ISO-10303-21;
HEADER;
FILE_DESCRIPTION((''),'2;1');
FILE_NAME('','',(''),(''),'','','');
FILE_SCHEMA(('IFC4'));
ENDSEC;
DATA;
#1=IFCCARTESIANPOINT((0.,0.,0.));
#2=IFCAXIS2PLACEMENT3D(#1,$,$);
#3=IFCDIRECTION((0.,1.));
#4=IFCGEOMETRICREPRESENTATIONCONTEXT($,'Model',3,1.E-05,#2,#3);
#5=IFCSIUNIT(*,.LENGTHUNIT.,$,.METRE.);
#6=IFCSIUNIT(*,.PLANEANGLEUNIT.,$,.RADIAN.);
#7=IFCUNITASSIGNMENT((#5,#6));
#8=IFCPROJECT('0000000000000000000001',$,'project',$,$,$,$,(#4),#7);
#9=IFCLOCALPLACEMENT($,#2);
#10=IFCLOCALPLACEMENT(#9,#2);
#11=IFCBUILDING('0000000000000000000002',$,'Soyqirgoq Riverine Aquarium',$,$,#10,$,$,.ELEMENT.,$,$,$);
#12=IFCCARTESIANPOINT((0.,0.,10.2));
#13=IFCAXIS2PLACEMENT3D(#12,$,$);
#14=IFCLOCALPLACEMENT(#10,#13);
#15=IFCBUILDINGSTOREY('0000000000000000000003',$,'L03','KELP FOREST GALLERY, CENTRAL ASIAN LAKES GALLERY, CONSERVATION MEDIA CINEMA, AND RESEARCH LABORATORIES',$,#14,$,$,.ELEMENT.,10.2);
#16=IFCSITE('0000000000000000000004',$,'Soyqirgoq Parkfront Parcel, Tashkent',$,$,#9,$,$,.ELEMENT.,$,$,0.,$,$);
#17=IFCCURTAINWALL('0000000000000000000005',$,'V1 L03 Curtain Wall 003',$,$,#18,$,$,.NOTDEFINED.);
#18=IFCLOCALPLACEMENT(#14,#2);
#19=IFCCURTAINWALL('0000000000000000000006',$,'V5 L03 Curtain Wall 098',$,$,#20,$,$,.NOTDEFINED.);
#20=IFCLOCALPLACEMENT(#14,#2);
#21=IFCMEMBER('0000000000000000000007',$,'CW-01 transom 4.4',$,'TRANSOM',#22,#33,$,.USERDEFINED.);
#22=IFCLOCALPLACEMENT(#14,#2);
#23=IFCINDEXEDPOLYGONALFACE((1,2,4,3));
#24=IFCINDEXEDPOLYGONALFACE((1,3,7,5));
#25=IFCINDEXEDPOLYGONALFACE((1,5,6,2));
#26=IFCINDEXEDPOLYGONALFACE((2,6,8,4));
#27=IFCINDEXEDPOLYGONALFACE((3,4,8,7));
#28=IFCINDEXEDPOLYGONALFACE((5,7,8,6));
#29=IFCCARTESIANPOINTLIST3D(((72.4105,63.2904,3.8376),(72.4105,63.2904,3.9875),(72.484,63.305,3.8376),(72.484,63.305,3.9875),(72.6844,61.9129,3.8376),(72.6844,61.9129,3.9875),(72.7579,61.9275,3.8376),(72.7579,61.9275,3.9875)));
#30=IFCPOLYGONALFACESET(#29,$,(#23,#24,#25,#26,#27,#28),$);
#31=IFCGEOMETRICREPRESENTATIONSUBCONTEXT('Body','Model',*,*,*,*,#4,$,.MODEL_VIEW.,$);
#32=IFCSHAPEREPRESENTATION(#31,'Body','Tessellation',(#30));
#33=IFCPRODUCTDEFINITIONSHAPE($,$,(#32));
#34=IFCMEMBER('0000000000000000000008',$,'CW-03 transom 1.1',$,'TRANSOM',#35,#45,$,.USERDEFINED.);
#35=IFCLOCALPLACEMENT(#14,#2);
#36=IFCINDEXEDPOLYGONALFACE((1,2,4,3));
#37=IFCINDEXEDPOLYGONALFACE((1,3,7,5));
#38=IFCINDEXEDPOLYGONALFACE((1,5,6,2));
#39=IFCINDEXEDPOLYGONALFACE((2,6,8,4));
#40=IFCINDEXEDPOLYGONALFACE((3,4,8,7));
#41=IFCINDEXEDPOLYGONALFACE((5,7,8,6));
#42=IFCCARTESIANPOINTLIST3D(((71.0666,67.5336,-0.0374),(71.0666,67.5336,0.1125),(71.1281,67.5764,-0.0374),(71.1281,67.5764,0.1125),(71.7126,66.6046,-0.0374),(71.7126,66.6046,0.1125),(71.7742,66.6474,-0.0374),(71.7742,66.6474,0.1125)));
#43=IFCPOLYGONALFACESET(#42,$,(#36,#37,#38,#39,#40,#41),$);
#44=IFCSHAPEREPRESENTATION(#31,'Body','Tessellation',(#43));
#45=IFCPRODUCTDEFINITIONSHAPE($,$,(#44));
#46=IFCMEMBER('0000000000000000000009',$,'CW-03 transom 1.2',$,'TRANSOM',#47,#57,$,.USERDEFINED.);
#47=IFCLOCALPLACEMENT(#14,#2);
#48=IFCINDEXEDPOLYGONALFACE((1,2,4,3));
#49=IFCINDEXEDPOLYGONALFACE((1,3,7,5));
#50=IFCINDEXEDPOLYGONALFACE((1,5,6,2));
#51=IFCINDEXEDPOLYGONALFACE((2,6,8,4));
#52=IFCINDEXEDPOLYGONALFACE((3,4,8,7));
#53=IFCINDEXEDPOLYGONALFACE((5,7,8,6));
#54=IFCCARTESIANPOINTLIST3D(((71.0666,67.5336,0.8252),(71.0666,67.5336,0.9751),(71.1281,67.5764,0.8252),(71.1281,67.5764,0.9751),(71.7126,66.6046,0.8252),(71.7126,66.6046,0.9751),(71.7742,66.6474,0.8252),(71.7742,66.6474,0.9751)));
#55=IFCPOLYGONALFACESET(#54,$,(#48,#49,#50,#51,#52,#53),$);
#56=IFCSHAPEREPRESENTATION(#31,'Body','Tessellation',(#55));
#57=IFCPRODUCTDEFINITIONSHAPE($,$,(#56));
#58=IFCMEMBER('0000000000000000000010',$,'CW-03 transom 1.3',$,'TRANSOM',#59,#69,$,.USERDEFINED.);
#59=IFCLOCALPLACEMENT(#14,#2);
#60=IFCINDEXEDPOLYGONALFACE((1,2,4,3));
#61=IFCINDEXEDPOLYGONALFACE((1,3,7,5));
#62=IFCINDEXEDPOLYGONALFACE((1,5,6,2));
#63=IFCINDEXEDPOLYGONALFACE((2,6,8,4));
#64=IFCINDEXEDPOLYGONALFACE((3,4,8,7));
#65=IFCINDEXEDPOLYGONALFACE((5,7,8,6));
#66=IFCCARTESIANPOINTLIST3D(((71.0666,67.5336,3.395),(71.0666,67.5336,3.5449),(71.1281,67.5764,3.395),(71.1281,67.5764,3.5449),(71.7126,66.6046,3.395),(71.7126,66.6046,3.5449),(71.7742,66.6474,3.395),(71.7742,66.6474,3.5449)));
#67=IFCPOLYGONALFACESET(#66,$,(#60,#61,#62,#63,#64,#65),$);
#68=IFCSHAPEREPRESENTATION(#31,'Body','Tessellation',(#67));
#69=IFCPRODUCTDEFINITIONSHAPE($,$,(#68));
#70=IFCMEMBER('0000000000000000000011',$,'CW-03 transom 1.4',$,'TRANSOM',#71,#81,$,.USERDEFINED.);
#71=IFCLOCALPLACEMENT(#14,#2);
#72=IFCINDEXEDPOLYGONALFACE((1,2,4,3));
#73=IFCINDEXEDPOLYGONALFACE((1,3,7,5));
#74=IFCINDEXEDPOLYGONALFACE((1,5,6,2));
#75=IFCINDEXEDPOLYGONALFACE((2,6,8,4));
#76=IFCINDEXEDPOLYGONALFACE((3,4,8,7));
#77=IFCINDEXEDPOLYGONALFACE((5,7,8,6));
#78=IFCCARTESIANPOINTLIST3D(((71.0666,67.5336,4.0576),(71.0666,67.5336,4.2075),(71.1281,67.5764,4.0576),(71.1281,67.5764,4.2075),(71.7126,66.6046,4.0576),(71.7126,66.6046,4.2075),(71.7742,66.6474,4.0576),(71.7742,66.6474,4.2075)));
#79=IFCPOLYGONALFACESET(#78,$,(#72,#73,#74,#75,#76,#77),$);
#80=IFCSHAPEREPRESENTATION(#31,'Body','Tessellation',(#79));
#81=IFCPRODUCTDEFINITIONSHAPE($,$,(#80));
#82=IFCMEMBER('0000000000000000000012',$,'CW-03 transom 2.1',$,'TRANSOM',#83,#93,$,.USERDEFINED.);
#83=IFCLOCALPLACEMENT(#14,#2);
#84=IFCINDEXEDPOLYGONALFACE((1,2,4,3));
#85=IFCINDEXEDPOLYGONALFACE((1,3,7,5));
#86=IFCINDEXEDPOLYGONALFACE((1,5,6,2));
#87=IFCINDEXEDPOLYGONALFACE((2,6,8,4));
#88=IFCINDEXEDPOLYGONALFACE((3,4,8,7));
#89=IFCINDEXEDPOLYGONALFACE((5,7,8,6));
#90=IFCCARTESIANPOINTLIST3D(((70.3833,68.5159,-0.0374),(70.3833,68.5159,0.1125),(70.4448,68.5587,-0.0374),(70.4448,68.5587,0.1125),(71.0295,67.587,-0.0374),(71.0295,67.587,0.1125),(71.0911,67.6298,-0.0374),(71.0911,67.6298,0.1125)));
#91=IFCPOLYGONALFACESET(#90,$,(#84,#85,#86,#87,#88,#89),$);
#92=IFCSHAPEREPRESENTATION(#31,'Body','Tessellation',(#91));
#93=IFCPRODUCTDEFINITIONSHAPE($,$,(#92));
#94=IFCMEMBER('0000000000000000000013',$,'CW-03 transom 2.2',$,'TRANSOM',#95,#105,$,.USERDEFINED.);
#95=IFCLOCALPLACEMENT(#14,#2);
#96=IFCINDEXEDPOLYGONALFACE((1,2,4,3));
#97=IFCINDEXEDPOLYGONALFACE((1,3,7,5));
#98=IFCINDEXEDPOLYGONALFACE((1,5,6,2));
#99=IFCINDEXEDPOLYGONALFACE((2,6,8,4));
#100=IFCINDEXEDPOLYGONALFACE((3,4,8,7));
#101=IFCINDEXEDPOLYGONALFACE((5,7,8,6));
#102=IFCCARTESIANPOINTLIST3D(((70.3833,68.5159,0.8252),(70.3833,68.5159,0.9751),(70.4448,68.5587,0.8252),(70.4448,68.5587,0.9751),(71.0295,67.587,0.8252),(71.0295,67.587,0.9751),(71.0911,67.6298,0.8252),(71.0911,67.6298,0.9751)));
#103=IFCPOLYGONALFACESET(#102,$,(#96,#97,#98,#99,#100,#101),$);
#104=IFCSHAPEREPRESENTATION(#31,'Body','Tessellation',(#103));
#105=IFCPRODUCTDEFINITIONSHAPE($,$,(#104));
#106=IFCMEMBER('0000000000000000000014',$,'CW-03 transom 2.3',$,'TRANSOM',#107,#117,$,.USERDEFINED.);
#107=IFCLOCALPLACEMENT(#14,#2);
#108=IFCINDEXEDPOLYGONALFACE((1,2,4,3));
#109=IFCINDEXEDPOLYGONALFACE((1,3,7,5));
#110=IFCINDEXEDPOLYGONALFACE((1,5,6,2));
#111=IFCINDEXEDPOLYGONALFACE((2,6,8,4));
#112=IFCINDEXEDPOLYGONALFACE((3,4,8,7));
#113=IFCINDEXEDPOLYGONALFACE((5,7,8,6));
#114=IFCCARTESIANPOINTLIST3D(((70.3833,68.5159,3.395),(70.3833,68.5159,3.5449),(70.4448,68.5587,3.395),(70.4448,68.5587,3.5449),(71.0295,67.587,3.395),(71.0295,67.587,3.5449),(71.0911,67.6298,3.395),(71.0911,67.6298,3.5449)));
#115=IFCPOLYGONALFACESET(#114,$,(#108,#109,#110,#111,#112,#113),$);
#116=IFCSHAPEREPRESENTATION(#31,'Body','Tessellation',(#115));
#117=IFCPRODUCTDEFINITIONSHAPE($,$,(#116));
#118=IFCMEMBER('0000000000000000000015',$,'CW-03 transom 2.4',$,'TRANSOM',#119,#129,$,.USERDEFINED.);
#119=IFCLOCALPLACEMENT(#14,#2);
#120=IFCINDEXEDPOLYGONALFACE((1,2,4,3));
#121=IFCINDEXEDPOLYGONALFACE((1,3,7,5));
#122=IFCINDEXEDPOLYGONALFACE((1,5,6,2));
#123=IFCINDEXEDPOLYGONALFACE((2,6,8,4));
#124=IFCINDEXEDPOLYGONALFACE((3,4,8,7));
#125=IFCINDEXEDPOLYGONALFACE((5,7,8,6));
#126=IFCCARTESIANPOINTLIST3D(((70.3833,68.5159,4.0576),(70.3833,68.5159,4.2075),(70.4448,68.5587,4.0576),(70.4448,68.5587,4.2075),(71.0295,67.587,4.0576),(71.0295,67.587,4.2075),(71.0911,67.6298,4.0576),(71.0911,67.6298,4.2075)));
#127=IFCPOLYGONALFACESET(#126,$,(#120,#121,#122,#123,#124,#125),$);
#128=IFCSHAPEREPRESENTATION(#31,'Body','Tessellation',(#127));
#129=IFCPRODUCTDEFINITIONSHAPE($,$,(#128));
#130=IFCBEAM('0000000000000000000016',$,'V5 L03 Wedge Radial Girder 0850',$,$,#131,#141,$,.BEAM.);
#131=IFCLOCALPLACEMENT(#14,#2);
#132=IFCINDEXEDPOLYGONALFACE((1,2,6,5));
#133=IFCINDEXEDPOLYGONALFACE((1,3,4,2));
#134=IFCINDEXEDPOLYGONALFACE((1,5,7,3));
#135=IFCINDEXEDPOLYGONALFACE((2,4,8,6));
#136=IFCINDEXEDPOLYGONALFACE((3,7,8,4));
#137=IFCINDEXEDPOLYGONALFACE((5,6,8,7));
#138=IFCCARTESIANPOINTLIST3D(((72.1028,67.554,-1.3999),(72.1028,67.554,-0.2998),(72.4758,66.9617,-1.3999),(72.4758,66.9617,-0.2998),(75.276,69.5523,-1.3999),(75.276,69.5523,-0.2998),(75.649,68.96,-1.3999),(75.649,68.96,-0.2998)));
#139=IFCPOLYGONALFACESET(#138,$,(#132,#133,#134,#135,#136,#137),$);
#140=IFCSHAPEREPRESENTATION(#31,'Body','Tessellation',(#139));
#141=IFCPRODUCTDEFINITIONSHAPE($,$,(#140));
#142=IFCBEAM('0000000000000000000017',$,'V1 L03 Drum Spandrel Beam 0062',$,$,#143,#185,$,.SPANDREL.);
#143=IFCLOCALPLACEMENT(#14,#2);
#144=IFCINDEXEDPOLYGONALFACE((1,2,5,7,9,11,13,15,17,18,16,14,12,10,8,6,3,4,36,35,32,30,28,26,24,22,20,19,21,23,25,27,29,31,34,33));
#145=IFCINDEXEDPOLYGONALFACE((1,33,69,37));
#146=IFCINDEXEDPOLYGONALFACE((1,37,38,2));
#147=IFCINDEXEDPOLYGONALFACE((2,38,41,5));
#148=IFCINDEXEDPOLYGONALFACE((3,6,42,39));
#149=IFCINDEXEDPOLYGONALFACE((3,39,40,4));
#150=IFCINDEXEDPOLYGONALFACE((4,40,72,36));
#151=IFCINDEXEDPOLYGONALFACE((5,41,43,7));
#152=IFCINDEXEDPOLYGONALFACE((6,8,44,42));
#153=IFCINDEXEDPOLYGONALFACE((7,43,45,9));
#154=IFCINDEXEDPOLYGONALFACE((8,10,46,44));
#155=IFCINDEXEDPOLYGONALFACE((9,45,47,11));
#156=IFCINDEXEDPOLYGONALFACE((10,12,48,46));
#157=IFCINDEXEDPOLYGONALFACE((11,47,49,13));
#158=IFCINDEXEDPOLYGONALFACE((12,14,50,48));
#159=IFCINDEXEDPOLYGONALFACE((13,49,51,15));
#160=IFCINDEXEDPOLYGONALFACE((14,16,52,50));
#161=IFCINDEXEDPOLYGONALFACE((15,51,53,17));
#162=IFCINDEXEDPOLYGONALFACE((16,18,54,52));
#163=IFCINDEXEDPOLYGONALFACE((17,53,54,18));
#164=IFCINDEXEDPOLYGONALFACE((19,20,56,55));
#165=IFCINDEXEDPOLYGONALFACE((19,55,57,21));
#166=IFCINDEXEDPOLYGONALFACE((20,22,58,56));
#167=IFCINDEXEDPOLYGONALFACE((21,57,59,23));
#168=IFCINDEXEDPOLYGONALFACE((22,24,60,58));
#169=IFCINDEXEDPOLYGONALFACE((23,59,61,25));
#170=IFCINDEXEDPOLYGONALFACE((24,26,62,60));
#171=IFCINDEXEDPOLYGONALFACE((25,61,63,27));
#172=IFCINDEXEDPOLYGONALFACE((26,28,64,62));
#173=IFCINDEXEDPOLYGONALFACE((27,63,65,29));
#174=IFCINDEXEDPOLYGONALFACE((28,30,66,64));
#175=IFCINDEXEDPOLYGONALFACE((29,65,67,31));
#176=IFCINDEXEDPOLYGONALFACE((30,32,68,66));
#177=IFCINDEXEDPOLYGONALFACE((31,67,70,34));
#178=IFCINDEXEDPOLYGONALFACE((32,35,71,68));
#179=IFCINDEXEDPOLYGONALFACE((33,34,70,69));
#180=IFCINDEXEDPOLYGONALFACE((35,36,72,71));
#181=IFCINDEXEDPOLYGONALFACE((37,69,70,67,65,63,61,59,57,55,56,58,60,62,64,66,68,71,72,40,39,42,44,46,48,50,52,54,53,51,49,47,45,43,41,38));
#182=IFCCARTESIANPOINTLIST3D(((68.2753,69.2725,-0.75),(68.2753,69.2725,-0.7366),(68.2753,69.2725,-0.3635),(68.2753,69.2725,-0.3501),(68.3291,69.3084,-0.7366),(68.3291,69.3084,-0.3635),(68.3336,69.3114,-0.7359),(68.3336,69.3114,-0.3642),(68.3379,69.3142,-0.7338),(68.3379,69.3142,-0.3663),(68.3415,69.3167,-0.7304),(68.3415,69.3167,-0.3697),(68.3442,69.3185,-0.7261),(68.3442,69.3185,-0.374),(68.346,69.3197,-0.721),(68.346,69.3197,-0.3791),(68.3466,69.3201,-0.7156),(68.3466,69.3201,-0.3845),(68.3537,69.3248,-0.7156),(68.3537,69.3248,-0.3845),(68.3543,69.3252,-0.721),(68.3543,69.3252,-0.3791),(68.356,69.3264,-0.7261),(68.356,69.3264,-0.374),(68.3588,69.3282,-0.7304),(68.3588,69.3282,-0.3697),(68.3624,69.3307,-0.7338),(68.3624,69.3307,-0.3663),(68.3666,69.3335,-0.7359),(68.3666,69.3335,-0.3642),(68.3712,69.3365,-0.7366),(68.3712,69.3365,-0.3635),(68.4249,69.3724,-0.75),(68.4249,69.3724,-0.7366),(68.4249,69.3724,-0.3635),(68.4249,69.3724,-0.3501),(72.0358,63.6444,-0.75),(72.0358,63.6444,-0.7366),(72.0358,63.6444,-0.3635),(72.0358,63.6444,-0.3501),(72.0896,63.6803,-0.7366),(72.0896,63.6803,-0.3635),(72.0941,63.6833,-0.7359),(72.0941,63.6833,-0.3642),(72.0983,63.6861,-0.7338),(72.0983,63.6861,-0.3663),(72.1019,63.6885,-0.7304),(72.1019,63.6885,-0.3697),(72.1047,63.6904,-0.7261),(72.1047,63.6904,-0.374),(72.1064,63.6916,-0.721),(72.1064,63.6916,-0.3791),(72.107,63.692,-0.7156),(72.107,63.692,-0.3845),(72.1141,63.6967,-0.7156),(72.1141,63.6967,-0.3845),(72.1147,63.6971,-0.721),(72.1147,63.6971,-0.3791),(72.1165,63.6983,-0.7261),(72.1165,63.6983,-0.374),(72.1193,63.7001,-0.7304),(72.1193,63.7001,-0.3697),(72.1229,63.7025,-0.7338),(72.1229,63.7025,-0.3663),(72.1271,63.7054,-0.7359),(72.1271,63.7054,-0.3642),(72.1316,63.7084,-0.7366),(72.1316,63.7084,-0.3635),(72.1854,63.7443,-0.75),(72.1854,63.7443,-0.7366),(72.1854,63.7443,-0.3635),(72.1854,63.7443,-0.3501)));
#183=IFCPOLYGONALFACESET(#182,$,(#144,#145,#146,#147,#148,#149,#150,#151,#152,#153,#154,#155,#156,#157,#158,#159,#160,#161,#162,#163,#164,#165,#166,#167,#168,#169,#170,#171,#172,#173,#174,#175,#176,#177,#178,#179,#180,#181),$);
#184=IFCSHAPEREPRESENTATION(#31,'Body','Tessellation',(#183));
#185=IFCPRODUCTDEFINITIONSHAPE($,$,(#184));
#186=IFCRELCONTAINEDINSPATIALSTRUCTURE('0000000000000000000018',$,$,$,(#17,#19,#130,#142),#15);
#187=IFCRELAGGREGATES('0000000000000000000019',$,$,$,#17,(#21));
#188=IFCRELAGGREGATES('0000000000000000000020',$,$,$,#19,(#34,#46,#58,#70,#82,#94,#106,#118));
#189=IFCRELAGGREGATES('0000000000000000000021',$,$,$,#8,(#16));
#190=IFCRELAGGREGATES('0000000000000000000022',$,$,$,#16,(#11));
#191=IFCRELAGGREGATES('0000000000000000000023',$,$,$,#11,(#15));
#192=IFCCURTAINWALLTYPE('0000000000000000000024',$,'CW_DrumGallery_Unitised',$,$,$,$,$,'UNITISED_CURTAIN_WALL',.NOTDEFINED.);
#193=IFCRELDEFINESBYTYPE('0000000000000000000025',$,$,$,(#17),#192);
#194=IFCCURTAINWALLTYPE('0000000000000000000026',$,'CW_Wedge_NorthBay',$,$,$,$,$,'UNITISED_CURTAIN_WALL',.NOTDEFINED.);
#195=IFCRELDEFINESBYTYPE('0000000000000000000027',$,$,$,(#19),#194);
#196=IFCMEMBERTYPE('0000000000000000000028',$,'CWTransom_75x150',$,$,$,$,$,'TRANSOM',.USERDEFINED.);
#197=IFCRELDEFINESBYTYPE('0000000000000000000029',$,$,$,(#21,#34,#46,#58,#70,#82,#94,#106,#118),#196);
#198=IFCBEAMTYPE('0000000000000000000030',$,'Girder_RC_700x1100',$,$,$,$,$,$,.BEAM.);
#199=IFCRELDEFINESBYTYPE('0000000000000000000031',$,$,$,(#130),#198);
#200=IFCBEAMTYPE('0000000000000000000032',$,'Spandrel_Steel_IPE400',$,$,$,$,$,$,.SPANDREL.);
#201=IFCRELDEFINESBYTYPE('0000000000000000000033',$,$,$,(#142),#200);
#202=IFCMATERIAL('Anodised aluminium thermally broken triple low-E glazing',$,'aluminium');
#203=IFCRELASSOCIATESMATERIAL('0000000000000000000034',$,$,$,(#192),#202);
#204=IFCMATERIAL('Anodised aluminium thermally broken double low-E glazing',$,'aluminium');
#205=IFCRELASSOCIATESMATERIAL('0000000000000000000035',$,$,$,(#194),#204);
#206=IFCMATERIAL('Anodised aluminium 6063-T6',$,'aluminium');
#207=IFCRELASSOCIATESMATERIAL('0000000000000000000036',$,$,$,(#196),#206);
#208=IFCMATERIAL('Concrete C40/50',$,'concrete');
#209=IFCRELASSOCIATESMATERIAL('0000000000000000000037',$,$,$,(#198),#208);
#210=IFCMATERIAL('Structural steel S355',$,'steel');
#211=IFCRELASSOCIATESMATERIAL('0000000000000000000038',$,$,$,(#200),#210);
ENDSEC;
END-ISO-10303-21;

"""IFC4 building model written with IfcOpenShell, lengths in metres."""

from ifc_helpers import new_model, si_unit, direction, frame, origin, origin_2d, place, context, subcontext, project, spatial, rectangle, i_section, extrude, material, material_profile, profile_set, type_object, element, aggregate, save


model = new_model("IFC4")

# Units and contexts
model_context = context("Model", 3, precision=1e-05, world=origin(), true_north=direction((0.0, 1.0)))
body_context = subcontext(model_context, "Body", "Model", "MODEL_VIEW")
ifc_project = project(units=[si_unit("LENGTHUNIT", "METRE"), si_unit("PLANEANGLEUNIT", "RADIAN")], contexts=[model_context])

# Site, building, storey
site_placement = place(None, origin())
site = spatial("IfcSite", under=ifc_project, at=site_placement, Name="Soyqirgoq Parkfront Parcel, Tashkent", CompositionType="ELEMENT", RefElevation=0.0)
building_placement = place(site_placement, origin())
building = spatial("IfcBuilding", under=site, at=building_placement, Name="Soyqirgoq Riverine Aquarium", CompositionType="ELEMENT")
storey_placement = place(building_placement, frame((0.0, 0.0, 10.2)))
storey = spatial("IfcBuildingStorey", under=building, at=storey_placement, Name="L03", Description="KELP FOREST GALLERY, CENTRAL ASIAN LAKES GALLERY, CONSERVATION MEDIA CINEMA, AND RESEARCH LABORATORIES", CompositionType="ELEMENT", Elevation=10.2)

# Curtain walls
ifc_material_1 = material(Name="Anodised aluminium thermally broken triple low-E glazing", Category="aluminium")
curtain_wall_type_1 = type_object("IfcCurtainWallType", Name="CW_DrumGallery_Unitised", ElementType="UNITISED_CURTAIN_WALL", PredefinedType="NOTDEFINED", material=ifc_material_1)
curtain_wall_1_placement = place(storey_placement, origin())
curtain_wall_1 = element("IfcCurtainWall", 1, at=curtain_wall_1_placement, inside=storey, type_object=curtain_wall_type_1, Name="V1 L03 Curtain Wall 003", PredefinedType="NOTDEFINED")
ifc_material_2 = material(Name="Anodised aluminium thermally broken double low-E glazing", Category="aluminium")
curtain_wall_type_2 = type_object("IfcCurtainWallType", Name="CW_Wedge_NorthBay", ElementType="UNITISED_CURTAIN_WALL", PredefinedType="NOTDEFINED", material=ifc_material_2)
curtain_wall_2_placement = place(storey_placement, origin())
curtain_wall_2 = element("IfcCurtainWall", 2, at=curtain_wall_2_placement, inside=storey, type_object=curtain_wall_type_2, Name="V5 L03 Curtain Wall 098", PredefinedType="NOTDEFINED")

# Members
ifc_material_3 = material(Name="Anodised aluminium 6063-T6", Category="aluminium")
ifc_material_profile_1 = material_profile(ifc_material_3, rectangle(XDim=0.075, YDim=0.1499, at=origin_2d()), Name="ALU-T 75x150")
ifc_profile_set_1 = profile_set([ifc_material_profile_1], Name="Anodised aluminium 6063-T6")
member_type_1 = type_object("IfcMemberType", Name="CWTransom_75x150", ElementType="TRANSOM", PredefinedType="USERDEFINED", material=ifc_profile_set_1)
member_1_placement = place(storey_placement, frame((72.7212, 61.9202, 3.9126), z_axis=(-0.195013, 0.980801, 0.0), x_axis=(-0.980801, -0.195013, 0.0)))
member_1 = element("IfcMember", 3, at=member_1_placement, type_object=member_type_1, Name="CW-01 transom 4.4", ObjectType="TRANSOM", PredefinedType="USERDEFINED", context=body_context, shape_type="SweptSolid", body=[
    extrude(rectangle(XDim=0.075, YDim=0.1499, at=origin_2d()), origin(), (0.0, 0.0, 1.0), 1.4045),
])
member_2_placement = place(storey_placement, frame((71.7434, 66.626, 0.0376), z_axis=(-0.570925, 0.821002, 0.0), x_axis=(-0.821002, -0.570925, 0.0)))
member_2 = element("IfcMember", 4, at=member_2_placement, type_object=member_type_1, Name="CW-03 transom 1.1", ObjectType="TRANSOM", PredefinedType="USERDEFINED", context=body_context, shape_type="SweptSolid", body=[
    extrude(rectangle(XDim=0.075, YDim=0.1499, at=origin_2d()), origin(), (0.0, 0.0, 1.0), 1.1316),
])
member_3_placement = place(storey_placement, frame((71.7434, 66.626, 0.9001), z_axis=(-0.570925, 0.821002, 0.0), x_axis=(-0.821002, -0.570925, 0.0)))
member_3 = element("IfcMember", 5, at=member_3_placement, type_object=member_type_1, Name="CW-03 transom 1.2", ObjectType="TRANSOM", PredefinedType="USERDEFINED", context=body_context, shape_type="SweptSolid", body=[
    extrude(rectangle(XDim=0.075, YDim=0.1499, at=origin_2d()), origin(), (0.0, 0.0, 1.0), 1.1316),
])
member_4_placement = place(storey_placement, frame((71.7434, 66.626, 3.47), z_axis=(-0.570925, 0.821002, 0.0), x_axis=(-0.821002, -0.570925, 0.0)))
member_4 = element("IfcMember", 6, at=member_4_placement, type_object=member_type_1, Name="CW-03 transom 1.3", ObjectType="TRANSOM", PredefinedType="USERDEFINED", context=body_context, shape_type="SweptSolid", body=[
    extrude(rectangle(XDim=0.075, YDim=0.1499, at=origin_2d()), origin(), (0.0, 0.0, 1.0), 1.1316),
])
member_5_placement = place(storey_placement, frame((71.7434, 66.626, 4.1326), z_axis=(-0.570925, 0.821002, 0.0), x_axis=(-0.821002, -0.570925, 0.0)))
member_5 = element("IfcMember", 7, at=member_5_placement, type_object=member_type_1, Name="CW-03 transom 1.4", ObjectType="TRANSOM", PredefinedType="USERDEFINED", context=body_context, shape_type="SweptSolid", body=[
    extrude(rectangle(XDim=0.075, YDim=0.1499, at=origin_2d()), origin(), (0.0, 0.0, 1.0), 1.1316),
])
member_6_placement = place(storey_placement, frame((71.0603, 67.6084, 0.0376), z_axis=(-0.571071, 0.820901, 0.0), x_axis=(-0.820901, -0.571071, 0.0)))
member_6 = element("IfcMember", 8, at=member_6_placement, type_object=member_type_1, Name="CW-03 transom 2.1", ObjectType="TRANSOM", PredefinedType="USERDEFINED", context=body_context, shape_type="SweptSolid", body=[
    extrude(rectangle(XDim=0.075, YDim=0.1499, at=origin_2d()), origin(), (0.0, 0.0, 1.0), 1.1316),
])
member_7_placement = place(storey_placement, frame((71.0603, 67.6084, 0.9001), z_axis=(-0.571071, 0.820901, 0.0), x_axis=(-0.820901, -0.571071, 0.0)))
member_7 = element("IfcMember", 9, at=member_7_placement, type_object=member_type_1, Name="CW-03 transom 2.2", ObjectType="TRANSOM", PredefinedType="USERDEFINED", context=body_context, shape_type="SweptSolid", body=[
    extrude(rectangle(XDim=0.075, YDim=0.1499, at=origin_2d()), origin(), (0.0, 0.0, 1.0), 1.1316),
])
member_8_placement = place(storey_placement, frame((71.0603, 67.6084, 3.47), z_axis=(-0.571071, 0.820901, 0.0), x_axis=(-0.820901, -0.571071, 0.0)))
member_8 = element("IfcMember", 10, at=member_8_placement, type_object=member_type_1, Name="CW-03 transom 2.3", ObjectType="TRANSOM", PredefinedType="USERDEFINED", context=body_context, shape_type="SweptSolid", body=[
    extrude(rectangle(XDim=0.075, YDim=0.1499, at=origin_2d()), origin(), (0.0, 0.0, 1.0), 1.1316),
])
member_9_placement = place(storey_placement, frame((71.0603, 67.6084, 4.1326), z_axis=(-0.571071, 0.820901, 0.0), x_axis=(-0.820901, -0.571071, 0.0)))
member_9 = element("IfcMember", 11, at=member_9_placement, type_object=member_type_1, Name="CW-03 transom 2.4", ObjectType="TRANSOM", PredefinedType="USERDEFINED", context=body_context, shape_type="SweptSolid", body=[
    extrude(rectangle(XDim=0.075, YDim=0.1499, at=origin_2d()), origin(), (0.0, 0.0, 1.0), 1.1316),
])

# Beams
ifc_material_4 = material(Name="Concrete C40/50", Category="concrete")
ifc_material_profile_2 = material_profile(ifc_material_4, rectangle(XDim=0.7, YDim=1.1001, at=origin_2d()), Name="RC 700x1100")
ifc_profile_set_2 = profile_set([ifc_material_profile_2], Name="Concrete C40/50")
beam_type_1 = type_object("IfcBeamType", Name="Girder_RC_700x1100", PredefinedType="BEAM", material=ifc_profile_set_2)
beam_1_placement = place(storey_placement, frame((72.2893, 67.2578, -0.8499), z_axis=(0.846183, 0.532893, 0.0), x_axis=(-0.532893, 0.846183, 0.0)))
element("IfcBeam", 12, at=beam_1_placement, inside=storey, type_object=beam_type_1, Name="V5 L03 Wedge Radial Girder 0850", PredefinedType="BEAM", context=body_context, shape_type="SweptSolid", body=[
    extrude(rectangle(XDim=0.7, YDim=1.1001, at=origin_2d()), origin(), (0.0, 0.0, 1.0), 3.75),
])
ifc_material_5 = material(Name="Structural steel S355", Category="steel")
ifc_material_profile_3 = material_profile(ifc_material_5, i_section(OverallWidth=0.1799, OverallDepth=0.3999, WebThickness=0.0085, FlangeThickness=0.0134, FilletRadius=0.021, at=origin_2d()), Name="IPE 400")
ifc_profile_set_3 = profile_set([ifc_material_profile_3], Name="Structural steel S355")
beam_type_2 = type_object("IfcBeamType", Name="Spandrel_Steel_IPE400", PredefinedType="SPANDREL", material=ifc_profile_set_3)
beam_2_placement = place(storey_placement, frame((72.1106, 63.6943, -0.55), z_axis=(-0.555557, 0.831478, 0.0), x_axis=(-0.831478, -0.555557, 0.0)))
element("IfcBeam", 13, at=beam_2_placement, inside=storey, type_object=beam_type_2, Name="V1 L03 Drum Spandrel Beam 0062", PredefinedType="SPANDREL", context=body_context, shape_type="SweptSolid", body=[
    extrude(i_section(OverallWidth=0.1799, OverallDepth=0.3999, WebThickness=0.0085, FlangeThickness=0.0134, FilletRadius=0.021, at=origin_2d()), origin(), (0.0, 0.0, 1.0), 6.7688),
])

aggregate(curtain_wall_1, [member_1])
aggregate(curtain_wall_2, [member_2, member_3, member_4, member_5, member_6, member_7, member_8, member_9])

save(model, "model.ifc")
